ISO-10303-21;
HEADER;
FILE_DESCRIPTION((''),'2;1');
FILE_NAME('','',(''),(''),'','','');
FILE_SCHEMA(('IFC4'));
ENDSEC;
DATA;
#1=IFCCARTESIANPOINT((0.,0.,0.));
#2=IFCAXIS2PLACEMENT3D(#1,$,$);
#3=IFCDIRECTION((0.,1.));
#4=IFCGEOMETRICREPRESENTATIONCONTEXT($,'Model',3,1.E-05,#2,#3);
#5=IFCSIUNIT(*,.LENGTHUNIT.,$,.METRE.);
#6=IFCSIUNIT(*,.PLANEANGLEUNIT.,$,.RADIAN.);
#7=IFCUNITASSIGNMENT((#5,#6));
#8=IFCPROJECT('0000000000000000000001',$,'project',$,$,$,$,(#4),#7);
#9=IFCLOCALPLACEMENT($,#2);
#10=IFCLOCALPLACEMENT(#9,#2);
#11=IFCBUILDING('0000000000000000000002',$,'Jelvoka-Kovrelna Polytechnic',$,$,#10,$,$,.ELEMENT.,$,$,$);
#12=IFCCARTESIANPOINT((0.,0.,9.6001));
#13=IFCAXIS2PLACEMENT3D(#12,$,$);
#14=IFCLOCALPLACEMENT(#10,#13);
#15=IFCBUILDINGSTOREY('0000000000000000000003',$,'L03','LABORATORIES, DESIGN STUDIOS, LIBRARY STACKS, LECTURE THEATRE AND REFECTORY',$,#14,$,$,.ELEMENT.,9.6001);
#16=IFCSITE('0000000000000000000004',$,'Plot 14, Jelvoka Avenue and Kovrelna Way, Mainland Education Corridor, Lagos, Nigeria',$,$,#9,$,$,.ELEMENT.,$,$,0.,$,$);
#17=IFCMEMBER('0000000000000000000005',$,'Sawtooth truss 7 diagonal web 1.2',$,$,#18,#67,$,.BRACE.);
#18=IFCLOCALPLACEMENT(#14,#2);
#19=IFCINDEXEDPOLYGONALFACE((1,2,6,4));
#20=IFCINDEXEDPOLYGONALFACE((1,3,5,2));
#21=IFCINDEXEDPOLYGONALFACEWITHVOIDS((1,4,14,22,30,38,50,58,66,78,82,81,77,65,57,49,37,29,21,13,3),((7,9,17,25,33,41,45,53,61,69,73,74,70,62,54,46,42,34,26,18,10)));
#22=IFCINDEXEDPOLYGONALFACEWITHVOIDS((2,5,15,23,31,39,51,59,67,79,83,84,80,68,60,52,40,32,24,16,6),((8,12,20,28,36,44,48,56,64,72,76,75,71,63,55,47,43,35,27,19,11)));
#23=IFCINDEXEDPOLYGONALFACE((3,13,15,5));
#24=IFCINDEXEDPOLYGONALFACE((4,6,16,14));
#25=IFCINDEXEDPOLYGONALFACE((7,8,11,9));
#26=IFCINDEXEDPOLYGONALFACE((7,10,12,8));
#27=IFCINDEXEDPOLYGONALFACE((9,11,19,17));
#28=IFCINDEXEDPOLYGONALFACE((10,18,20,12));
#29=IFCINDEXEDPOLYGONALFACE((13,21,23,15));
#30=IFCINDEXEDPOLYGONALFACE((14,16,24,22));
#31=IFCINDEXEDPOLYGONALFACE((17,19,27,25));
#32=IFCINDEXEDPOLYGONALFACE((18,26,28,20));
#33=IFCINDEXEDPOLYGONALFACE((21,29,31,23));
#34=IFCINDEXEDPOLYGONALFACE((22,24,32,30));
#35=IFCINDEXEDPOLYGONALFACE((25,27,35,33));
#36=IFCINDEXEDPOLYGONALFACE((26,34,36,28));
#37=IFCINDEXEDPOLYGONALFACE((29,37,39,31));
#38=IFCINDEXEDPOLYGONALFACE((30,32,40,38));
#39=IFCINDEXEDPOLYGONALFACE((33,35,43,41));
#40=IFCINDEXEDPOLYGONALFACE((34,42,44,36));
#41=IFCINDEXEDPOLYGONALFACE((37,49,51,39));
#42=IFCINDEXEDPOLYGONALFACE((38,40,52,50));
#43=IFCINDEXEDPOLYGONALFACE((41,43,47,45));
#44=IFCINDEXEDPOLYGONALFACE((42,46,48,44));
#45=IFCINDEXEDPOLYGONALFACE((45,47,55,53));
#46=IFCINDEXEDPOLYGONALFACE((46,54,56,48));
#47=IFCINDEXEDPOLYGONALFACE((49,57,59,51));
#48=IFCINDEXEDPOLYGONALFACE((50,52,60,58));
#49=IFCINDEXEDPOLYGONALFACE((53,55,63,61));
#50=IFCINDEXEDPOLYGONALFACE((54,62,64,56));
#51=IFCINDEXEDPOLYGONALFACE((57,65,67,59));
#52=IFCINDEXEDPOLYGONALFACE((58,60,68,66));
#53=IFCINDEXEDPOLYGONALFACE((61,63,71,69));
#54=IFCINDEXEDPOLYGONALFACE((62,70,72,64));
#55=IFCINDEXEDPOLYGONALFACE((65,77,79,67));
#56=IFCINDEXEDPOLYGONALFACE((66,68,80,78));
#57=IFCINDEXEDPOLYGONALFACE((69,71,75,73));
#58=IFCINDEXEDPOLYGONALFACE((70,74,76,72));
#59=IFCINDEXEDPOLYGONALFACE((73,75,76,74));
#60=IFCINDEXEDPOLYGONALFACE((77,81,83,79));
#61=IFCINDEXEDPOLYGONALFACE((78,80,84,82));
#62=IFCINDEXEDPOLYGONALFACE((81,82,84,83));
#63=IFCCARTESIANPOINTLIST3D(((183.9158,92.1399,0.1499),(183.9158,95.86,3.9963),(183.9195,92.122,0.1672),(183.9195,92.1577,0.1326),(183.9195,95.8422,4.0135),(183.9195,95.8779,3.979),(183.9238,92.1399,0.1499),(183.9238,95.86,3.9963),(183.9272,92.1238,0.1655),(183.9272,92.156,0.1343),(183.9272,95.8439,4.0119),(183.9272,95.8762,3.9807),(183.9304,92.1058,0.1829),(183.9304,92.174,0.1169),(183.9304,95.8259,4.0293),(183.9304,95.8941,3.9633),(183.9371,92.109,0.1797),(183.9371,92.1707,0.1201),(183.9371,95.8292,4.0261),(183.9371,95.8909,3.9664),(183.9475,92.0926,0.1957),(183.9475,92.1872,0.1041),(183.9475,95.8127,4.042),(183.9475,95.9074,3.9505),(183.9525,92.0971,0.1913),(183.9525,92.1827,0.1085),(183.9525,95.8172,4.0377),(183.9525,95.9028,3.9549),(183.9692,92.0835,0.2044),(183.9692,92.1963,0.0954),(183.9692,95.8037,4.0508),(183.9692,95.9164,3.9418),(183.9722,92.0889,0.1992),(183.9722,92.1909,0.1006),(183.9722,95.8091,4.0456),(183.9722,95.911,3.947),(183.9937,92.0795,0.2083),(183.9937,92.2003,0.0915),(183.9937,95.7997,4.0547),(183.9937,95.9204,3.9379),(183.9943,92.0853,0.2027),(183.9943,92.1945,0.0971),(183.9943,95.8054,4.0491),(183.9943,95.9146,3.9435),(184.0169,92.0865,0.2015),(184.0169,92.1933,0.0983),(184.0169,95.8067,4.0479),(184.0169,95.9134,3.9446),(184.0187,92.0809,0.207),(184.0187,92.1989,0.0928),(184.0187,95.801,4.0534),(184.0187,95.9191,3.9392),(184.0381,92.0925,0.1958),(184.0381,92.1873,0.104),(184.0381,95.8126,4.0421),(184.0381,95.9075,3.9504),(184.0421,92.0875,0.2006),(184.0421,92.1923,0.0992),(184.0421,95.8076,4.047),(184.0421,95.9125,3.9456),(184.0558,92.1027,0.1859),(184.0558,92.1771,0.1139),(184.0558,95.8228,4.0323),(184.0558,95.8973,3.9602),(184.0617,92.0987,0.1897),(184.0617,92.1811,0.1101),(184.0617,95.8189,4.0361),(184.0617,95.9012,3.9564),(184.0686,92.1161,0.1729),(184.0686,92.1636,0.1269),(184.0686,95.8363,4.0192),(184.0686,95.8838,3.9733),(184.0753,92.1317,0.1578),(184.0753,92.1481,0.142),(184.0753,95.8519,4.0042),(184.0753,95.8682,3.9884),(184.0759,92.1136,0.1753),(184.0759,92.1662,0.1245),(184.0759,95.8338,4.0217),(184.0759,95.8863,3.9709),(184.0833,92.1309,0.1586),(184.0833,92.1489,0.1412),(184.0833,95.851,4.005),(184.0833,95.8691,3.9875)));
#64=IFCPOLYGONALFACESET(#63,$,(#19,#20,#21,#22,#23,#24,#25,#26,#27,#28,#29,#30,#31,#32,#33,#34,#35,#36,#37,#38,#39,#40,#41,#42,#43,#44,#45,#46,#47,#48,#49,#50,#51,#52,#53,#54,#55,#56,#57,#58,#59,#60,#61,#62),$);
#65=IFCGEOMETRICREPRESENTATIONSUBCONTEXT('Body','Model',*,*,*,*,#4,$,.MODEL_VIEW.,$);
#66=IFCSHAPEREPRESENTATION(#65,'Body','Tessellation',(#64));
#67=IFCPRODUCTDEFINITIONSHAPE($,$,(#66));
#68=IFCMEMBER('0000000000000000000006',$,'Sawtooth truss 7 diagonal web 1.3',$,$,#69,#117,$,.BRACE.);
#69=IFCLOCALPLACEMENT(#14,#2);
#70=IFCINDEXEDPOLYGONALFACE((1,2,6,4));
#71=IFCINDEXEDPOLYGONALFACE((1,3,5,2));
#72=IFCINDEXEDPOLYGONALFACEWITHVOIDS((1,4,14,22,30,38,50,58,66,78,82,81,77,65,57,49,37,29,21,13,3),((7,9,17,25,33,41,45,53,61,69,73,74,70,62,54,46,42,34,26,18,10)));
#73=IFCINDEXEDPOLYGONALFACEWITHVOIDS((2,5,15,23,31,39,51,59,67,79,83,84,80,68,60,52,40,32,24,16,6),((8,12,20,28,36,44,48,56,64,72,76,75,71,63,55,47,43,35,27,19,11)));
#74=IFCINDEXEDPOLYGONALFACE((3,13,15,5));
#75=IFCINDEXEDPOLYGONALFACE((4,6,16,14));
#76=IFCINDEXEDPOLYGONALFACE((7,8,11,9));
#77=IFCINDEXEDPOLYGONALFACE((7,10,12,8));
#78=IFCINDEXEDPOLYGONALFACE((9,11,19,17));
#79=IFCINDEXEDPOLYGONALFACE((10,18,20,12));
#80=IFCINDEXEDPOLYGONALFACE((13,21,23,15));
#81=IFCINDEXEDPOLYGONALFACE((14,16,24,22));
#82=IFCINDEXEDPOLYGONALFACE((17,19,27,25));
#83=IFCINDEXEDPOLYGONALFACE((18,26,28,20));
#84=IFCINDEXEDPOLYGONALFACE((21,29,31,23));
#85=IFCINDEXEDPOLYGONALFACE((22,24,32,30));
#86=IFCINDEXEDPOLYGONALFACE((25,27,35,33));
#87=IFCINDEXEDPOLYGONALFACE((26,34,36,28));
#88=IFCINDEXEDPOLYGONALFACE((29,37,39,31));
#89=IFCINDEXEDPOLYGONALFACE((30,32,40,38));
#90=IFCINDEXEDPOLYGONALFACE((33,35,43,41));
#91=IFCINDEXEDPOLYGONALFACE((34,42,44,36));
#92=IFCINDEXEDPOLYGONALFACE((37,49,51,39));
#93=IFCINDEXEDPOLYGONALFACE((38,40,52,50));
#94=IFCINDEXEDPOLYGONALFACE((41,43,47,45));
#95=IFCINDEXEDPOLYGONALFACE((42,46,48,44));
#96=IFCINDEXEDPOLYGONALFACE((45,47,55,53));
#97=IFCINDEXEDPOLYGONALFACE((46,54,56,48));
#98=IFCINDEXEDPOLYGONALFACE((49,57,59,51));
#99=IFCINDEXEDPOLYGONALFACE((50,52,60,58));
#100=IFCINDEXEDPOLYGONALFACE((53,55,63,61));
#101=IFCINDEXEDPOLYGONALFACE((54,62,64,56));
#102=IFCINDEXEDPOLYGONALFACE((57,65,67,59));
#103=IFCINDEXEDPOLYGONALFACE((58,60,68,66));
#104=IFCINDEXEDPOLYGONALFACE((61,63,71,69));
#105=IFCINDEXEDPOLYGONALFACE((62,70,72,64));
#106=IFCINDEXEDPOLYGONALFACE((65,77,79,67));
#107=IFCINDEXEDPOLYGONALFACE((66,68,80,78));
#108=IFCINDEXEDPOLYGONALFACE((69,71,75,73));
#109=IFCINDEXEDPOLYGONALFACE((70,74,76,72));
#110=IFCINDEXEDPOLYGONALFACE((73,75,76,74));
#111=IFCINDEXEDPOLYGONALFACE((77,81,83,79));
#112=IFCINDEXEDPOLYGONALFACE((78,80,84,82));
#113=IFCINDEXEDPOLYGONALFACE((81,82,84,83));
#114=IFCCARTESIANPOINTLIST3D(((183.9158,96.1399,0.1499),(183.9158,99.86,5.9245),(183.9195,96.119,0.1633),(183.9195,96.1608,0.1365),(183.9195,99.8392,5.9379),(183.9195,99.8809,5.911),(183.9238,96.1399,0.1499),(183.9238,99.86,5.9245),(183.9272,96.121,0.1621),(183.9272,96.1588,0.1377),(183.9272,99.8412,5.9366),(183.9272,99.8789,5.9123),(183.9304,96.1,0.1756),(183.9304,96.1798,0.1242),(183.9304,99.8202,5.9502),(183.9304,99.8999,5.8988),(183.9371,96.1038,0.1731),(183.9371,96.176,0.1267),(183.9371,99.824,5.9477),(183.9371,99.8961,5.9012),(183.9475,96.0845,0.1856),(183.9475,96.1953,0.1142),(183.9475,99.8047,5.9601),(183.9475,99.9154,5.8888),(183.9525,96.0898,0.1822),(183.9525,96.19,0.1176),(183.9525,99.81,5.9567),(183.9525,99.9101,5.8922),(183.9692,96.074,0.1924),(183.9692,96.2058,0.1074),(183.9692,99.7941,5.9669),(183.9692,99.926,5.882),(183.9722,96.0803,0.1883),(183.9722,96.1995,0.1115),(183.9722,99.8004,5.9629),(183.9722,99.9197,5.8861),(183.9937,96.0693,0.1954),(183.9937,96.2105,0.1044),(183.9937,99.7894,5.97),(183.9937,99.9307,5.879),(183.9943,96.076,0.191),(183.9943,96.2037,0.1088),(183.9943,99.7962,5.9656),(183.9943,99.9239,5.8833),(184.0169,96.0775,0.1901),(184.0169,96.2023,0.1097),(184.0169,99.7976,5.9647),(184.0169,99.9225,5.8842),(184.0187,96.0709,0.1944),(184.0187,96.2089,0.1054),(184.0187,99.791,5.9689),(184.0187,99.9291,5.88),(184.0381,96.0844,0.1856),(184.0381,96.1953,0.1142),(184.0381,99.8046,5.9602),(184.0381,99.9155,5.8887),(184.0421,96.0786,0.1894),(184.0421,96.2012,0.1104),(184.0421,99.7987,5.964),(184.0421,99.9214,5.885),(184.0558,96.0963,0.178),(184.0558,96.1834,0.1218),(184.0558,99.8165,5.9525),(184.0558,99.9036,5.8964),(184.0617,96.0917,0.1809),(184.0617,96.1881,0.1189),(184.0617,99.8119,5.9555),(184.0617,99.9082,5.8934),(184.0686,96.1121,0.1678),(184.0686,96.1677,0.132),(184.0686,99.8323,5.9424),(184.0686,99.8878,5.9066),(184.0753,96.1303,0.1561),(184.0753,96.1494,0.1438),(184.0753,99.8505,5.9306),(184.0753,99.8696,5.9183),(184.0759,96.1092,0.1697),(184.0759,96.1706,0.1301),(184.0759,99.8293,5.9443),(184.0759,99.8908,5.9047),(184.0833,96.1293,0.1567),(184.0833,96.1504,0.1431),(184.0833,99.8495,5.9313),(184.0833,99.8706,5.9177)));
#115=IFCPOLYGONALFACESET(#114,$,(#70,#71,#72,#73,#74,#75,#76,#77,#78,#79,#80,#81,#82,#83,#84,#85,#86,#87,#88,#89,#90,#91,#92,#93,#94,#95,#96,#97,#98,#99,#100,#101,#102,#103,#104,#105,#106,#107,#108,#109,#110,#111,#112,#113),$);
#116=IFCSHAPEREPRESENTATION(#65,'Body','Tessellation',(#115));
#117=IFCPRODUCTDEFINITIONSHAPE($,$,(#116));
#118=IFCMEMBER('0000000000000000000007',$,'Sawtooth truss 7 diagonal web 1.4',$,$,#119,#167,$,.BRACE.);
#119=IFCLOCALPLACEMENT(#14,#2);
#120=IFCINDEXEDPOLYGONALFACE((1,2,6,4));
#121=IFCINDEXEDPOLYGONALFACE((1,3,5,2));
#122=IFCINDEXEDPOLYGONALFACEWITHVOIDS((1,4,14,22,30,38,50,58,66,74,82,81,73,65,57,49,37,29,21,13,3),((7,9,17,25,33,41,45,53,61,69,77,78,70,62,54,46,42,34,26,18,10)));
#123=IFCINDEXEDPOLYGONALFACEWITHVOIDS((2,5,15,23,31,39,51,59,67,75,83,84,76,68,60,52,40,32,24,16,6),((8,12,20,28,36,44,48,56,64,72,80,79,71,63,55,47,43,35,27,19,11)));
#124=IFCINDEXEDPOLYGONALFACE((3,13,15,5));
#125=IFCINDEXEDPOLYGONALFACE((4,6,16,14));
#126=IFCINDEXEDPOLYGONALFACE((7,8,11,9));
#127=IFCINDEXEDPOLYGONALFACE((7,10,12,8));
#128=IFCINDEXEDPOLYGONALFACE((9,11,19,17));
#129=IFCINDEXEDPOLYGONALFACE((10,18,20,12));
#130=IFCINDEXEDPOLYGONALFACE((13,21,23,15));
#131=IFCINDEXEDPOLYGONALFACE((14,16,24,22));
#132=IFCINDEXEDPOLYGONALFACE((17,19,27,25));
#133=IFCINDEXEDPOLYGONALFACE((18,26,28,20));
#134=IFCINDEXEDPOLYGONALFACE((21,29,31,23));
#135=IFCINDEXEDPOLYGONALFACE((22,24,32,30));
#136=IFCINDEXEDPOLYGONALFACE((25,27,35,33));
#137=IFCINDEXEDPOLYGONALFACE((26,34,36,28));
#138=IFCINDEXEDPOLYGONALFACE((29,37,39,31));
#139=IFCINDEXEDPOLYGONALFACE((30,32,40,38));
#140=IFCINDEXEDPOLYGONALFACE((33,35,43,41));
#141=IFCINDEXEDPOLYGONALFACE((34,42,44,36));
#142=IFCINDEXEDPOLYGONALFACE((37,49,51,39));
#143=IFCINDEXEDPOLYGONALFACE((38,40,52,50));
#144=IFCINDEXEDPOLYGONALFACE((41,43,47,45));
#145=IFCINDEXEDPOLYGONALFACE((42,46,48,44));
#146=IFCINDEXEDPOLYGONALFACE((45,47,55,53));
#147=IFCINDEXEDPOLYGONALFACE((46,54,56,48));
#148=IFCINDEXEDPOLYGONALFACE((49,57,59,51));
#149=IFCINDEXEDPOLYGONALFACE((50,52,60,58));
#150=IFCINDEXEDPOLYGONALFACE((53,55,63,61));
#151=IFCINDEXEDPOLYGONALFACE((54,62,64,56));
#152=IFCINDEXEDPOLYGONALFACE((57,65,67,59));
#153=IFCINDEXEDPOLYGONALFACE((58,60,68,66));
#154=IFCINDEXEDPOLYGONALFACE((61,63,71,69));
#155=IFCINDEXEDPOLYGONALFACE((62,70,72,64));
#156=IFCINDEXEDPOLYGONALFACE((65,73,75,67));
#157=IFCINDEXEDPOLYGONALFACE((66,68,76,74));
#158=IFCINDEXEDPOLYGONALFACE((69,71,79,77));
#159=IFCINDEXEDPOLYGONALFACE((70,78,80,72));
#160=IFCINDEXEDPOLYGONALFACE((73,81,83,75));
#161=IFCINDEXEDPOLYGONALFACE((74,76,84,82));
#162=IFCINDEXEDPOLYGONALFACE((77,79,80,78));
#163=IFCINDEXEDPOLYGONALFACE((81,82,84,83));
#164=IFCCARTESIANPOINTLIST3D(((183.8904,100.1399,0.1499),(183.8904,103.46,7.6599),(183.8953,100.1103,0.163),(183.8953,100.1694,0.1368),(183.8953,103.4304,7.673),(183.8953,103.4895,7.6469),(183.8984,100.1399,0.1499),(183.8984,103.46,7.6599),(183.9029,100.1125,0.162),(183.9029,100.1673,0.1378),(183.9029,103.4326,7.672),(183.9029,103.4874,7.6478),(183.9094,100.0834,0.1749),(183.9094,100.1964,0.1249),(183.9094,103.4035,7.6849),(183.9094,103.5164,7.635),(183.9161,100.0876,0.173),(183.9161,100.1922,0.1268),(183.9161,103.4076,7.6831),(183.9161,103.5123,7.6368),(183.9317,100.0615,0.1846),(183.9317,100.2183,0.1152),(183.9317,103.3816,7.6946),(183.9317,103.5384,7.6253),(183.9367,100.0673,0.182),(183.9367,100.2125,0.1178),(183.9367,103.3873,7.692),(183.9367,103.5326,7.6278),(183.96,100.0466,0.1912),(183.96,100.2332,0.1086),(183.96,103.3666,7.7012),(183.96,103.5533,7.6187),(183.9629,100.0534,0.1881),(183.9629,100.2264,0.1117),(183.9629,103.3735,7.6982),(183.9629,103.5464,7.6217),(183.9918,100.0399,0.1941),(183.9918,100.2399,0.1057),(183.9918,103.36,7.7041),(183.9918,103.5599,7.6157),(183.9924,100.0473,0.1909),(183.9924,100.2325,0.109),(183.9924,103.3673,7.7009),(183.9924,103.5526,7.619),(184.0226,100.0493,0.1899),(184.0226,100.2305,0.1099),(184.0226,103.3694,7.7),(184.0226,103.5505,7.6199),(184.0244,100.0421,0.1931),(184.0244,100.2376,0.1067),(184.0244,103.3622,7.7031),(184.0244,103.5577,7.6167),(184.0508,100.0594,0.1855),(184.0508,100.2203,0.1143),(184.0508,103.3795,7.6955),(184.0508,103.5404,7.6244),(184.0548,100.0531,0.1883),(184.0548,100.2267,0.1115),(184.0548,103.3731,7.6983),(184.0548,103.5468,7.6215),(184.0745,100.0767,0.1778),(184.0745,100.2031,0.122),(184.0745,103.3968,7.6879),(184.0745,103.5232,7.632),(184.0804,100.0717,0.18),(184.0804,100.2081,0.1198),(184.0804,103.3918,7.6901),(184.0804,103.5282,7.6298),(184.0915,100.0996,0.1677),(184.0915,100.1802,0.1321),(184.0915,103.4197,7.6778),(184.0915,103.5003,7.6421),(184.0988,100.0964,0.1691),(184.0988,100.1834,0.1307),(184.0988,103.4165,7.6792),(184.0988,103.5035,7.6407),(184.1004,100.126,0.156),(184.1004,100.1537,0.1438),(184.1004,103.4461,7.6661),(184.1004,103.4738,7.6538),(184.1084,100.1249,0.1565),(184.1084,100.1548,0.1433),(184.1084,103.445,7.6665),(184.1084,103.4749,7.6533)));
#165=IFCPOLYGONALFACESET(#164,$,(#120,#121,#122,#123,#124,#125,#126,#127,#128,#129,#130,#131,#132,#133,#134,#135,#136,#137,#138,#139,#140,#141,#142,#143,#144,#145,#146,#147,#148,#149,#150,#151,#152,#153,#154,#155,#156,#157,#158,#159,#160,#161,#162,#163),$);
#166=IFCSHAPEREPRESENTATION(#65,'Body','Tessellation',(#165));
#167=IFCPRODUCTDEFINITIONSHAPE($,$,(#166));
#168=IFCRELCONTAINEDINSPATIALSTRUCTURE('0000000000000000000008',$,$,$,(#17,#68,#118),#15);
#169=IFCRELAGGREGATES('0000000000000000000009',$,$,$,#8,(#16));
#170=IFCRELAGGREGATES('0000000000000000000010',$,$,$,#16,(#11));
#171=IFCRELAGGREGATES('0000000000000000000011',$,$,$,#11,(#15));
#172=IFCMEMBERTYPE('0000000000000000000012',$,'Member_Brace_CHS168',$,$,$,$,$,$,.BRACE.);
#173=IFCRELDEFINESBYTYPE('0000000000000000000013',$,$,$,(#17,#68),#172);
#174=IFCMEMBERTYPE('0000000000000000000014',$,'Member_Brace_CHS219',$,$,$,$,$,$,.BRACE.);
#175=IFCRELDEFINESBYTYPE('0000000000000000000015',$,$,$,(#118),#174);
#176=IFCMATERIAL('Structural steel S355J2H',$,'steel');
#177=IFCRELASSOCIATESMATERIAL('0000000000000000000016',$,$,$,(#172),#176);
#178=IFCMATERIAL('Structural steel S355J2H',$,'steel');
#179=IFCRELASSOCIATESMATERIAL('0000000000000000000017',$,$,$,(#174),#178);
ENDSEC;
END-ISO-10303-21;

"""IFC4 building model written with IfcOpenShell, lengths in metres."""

from ifc_helpers import new_model, si_unit, direction, frame, origin, origin_2d, place, context, subcontext, project, spatial, hollow_circle, extrude, material, material_profile, profile_set, type_object, element, save


model = new_model("IFC4")

# Units and contexts
model_context = context("Model", 3, precision=1e-05, world=origin(), true_north=direction((0.0, 1.0)))
body_context = subcontext(model_context, "Body", "Model", "MODEL_VIEW")
ifc_project = project(units=[si_unit("LENGTHUNIT", "METRE"), si_unit("PLANEANGLEUNIT", "RADIAN")], contexts=[model_context])

# Site, building, storey
site_placement = place(None, origin())
site = spatial("IfcSite", under=ifc_project, at=site_placement, Name="Plot 14, Jelvoka Avenue and Kovrelna Way, Mainland Education Corridor, Lagos, Nigeria", CompositionType="ELEMENT", RefElevation=0.0)
building_placement = place(site_placement, origin())
building = spatial("IfcBuilding", under=site, at=building_placement, Name="Jelvoka-Kovrelna Polytechnic", CompositionType="ELEMENT")
storey_placement = place(building_placement, frame((0.0, 0.0, 9.6001)))
storey = spatial("IfcBuildingStorey", under=building, at=storey_placement, Name="L03", Description="LABORATORIES, DESIGN STUDIOS, LIBRARY STACKS, LECTURE THEATRE AND REFECTORY", CompositionType="ELEMENT", Elevation=9.6001)

# Members
ifc_material_1 = material(Name="Structural steel S355J2H", Category="steel")
ifc_material_profile_1 = material_profile(ifc_material_1, hollow_circle(Radius=0.0842, WallThickness=0.0081, at=origin_2d()), Name="168.3x8.0 CHS")
ifc_profile_set_1 = profile_set([ifc_material_profile_1], Name="Structural steel S355J2H")
member_type_1 = type_object("IfcMemberType", Name="Member_Brace_CHS168", PredefinedType="BRACE", material=ifc_profile_set_1)
member_1_placement = place(storey_placement, frame((184.0, 92.1399, 0.1499), z_axis=(0.0, 0.695215, 0.718802), x_axis=(-1.0, 0.0, 0.0)))
element("IfcMember", 1, at=member_1_placement, inside=storey, type_object=member_type_1, Name="Sawtooth truss 7 diagonal web 1.2", PredefinedType="BRACE", context=body_context, shape_type="SweptSolid", body=[
    extrude(hollow_circle(Radius=0.0842, WallThickness=0.0081, at=origin_2d()), origin(), (0.0, 0.0, 1.0), 5.3511),
])
member_2_placement = place(storey_placement, frame((184.0, 96.1399, 0.1499), z_axis=(0.0, 0.541575, 0.840653), x_axis=(-1.0, 0.0, 0.0)))
element("IfcMember", 2, at=member_2_placement, inside=storey, type_object=member_type_1, Name="Sawtooth truss 7 diagonal web 1.3", PredefinedType="BRACE", context=body_context, shape_type="SweptSolid", body=[
    extrude(hollow_circle(Radius=0.0842, WallThickness=0.0081, at=origin_2d()), origin(), (0.0, 0.0, 1.0), 6.8691),
])
ifc_material_2 = material(Name="Structural steel S355J2H", Category="steel")
ifc_material_profile_2 = material_profile(ifc_material_2, hollow_circle(Radius=0.1096, WallThickness=0.0081, at=origin_2d()), Name="219.1x8.0 CHS")
ifc_profile_set_2 = profile_set([ifc_material_profile_2], Name="Structural steel S355J2H")
member_type_2 = type_object("IfcMemberType", Name="Member_Brace_CHS219", PredefinedType="BRACE", material=ifc_profile_set_2)
member_3_placement = place(storey_placement, frame((184.0, 100.1399, 0.1499), z_axis=(0.0, 0.404336, 0.91461), x_axis=(-1.0, 0.0, 0.0)))
element("IfcMember", 3, at=member_3_placement, inside=storey, type_object=member_type_2, Name="Sawtooth truss 7 diagonal web 1.4", PredefinedType="BRACE", context=body_context, shape_type="SweptSolid", body=[
    extrude(hollow_circle(Radius=0.1096, WallThickness=0.0081, at=origin_2d()), origin(), (0.0, 0.0, 1.0), 8.2112),
])

save(model, "model.ifc")
